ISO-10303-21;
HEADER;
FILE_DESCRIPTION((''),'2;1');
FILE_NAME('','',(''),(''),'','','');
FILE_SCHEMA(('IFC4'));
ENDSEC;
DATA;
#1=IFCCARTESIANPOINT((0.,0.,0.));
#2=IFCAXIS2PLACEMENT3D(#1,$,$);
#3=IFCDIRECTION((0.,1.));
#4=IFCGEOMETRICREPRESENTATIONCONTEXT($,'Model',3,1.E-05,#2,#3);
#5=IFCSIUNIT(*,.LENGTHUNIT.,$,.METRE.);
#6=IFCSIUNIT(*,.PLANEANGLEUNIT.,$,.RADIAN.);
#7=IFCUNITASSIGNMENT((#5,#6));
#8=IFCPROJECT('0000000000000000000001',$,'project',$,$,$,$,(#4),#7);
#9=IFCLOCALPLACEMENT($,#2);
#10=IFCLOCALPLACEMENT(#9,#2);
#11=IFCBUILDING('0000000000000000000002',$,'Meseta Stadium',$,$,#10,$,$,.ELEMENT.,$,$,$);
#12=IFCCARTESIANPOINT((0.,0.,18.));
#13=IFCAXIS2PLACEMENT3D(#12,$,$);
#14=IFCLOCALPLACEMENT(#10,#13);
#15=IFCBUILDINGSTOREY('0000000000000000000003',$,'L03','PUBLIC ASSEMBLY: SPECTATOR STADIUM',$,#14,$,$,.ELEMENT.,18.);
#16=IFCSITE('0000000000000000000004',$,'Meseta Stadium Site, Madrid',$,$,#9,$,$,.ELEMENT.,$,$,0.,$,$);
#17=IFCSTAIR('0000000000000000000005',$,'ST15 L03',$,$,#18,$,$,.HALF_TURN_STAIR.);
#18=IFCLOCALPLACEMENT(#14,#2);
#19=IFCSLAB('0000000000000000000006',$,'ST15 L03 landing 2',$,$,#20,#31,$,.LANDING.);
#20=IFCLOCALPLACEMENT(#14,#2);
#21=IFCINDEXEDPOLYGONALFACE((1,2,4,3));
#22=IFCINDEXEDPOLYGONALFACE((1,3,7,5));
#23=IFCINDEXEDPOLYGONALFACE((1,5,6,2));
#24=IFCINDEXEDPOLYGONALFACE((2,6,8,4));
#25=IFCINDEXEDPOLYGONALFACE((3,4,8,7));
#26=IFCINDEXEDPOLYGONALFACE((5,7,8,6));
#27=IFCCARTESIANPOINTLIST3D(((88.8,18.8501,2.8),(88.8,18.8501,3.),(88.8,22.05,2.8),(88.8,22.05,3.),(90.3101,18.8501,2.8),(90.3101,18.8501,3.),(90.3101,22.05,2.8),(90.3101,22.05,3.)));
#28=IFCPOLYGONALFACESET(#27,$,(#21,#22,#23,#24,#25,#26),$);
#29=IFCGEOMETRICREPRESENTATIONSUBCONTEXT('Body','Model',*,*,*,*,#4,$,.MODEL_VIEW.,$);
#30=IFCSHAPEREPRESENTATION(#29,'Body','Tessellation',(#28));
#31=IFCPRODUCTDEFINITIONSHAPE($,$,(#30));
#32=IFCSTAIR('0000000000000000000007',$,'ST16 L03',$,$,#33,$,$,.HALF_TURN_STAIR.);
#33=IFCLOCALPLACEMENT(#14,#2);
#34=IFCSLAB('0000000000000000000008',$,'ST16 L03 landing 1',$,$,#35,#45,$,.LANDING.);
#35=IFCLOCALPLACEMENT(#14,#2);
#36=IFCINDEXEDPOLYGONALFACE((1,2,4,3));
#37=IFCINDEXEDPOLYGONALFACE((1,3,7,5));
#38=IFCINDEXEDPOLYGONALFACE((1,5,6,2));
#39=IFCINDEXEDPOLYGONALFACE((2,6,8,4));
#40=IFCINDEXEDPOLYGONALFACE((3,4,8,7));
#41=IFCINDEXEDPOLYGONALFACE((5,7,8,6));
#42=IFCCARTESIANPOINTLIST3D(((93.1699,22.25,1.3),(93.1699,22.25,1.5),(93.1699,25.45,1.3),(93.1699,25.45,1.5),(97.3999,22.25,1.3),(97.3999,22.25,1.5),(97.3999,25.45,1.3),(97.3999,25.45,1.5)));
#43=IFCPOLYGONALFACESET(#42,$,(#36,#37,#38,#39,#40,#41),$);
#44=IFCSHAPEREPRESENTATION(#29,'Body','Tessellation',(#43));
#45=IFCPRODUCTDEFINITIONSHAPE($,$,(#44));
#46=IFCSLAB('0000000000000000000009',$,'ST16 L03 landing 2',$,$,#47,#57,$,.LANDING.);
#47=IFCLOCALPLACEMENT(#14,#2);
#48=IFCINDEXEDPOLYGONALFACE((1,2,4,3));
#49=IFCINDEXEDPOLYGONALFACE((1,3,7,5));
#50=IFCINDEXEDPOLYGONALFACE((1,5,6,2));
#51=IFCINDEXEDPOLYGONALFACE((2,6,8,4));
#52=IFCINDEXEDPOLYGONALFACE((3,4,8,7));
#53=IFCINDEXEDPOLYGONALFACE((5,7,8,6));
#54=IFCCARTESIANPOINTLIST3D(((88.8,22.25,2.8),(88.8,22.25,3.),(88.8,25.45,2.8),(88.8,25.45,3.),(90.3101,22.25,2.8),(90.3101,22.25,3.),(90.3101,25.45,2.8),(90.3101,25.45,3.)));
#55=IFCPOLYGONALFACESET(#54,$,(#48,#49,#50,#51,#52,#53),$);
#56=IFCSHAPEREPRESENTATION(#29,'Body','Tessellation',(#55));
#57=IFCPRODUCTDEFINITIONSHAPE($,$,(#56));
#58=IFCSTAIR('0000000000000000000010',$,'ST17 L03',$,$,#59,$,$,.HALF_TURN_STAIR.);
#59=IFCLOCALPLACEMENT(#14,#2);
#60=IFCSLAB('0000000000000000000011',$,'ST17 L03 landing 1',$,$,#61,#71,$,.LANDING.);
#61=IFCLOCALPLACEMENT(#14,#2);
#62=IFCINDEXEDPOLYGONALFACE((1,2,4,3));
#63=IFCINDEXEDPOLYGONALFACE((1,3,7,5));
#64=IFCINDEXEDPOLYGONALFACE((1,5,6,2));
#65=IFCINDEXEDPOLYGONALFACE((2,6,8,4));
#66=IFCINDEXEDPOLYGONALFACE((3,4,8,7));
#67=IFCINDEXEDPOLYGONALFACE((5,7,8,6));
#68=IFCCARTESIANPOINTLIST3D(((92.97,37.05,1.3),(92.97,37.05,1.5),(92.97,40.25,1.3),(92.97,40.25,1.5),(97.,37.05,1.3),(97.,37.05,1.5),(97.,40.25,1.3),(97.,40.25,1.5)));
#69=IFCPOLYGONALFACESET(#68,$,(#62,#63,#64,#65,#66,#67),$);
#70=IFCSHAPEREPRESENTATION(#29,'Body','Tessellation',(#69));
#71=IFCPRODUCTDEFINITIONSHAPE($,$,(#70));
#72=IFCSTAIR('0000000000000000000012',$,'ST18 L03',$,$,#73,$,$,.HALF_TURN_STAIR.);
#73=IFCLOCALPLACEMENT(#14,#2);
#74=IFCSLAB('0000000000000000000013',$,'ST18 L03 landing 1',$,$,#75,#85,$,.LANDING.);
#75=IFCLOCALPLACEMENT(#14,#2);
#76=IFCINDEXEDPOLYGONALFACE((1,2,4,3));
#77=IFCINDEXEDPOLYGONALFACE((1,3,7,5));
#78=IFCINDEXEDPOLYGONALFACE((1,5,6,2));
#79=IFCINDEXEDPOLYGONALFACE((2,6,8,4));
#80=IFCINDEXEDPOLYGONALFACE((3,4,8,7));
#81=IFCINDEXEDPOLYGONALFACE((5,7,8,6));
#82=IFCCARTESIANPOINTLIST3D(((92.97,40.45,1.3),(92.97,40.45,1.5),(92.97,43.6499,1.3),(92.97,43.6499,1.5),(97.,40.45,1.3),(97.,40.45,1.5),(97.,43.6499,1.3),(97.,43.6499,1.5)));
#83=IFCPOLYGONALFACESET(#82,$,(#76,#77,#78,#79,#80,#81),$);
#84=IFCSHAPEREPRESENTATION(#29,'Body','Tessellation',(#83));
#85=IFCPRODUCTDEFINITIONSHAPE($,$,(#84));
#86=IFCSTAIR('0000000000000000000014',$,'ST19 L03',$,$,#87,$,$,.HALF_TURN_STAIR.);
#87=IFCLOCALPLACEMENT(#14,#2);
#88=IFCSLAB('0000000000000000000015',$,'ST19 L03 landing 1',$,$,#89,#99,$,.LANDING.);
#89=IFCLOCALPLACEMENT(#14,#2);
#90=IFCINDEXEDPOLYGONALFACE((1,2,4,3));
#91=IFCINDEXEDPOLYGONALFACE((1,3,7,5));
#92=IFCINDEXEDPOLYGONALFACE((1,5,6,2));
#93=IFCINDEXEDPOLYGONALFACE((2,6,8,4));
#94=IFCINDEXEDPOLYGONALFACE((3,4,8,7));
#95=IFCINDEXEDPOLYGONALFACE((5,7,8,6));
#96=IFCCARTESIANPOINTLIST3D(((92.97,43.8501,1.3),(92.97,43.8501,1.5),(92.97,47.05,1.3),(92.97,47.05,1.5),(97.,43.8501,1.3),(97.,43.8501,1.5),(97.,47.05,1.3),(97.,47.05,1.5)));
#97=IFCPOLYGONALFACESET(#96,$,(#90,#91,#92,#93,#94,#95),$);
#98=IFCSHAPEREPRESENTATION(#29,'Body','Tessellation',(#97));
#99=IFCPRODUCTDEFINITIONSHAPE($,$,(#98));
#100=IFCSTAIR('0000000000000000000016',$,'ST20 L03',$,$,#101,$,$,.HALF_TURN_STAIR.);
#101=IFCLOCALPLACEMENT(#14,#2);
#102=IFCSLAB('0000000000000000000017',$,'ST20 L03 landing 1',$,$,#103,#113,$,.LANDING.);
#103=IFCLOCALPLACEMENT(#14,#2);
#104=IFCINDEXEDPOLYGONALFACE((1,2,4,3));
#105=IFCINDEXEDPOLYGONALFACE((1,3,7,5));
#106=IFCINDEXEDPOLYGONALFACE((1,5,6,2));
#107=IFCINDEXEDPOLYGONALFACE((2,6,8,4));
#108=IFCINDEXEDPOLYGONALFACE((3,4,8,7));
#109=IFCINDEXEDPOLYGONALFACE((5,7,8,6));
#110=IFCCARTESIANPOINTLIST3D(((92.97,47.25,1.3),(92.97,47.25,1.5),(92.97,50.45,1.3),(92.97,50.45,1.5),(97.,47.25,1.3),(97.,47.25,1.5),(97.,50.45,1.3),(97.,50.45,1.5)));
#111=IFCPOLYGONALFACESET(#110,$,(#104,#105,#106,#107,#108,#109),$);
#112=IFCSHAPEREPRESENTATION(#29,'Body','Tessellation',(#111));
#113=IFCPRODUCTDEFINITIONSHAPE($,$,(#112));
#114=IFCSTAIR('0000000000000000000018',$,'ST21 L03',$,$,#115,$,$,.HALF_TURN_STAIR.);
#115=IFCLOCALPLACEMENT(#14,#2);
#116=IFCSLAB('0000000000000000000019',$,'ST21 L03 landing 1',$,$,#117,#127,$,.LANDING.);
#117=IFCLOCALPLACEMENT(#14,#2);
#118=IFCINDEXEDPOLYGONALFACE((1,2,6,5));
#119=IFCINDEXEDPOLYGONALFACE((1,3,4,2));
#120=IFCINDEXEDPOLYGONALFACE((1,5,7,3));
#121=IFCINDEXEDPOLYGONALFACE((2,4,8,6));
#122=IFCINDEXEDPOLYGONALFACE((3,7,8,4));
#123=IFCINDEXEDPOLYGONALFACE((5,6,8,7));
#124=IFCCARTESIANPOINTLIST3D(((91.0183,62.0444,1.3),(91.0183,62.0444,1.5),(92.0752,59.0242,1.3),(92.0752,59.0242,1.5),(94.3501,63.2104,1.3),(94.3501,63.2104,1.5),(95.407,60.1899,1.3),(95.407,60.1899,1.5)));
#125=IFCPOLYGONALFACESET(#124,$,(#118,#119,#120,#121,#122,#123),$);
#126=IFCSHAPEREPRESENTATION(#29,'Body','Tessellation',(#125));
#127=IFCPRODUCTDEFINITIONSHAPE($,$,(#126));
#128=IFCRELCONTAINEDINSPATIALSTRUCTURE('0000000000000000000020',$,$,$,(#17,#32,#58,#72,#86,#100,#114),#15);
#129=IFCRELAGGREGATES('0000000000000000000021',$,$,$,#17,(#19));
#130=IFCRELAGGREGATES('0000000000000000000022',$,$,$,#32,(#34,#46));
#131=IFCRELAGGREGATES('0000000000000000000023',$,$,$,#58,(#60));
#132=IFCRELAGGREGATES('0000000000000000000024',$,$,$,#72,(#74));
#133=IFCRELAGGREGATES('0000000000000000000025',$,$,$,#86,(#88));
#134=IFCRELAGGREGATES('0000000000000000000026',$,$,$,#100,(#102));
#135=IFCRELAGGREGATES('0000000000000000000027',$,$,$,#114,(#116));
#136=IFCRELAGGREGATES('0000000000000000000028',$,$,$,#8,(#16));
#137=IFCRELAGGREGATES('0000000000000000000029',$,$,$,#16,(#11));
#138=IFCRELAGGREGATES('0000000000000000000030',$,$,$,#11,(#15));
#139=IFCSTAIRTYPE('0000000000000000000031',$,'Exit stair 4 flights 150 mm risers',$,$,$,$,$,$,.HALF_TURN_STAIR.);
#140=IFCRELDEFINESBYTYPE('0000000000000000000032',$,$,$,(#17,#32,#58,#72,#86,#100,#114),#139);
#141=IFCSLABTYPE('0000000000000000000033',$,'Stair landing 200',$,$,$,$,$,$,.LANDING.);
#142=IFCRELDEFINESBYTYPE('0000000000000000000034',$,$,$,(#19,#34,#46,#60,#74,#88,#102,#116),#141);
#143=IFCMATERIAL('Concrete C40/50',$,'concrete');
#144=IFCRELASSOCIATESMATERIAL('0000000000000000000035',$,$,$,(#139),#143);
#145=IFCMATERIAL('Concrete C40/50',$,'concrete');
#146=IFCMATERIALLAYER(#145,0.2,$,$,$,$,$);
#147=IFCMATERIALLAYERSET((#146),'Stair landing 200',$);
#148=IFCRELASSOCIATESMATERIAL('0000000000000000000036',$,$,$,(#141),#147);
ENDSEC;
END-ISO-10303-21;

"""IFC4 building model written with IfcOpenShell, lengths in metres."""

from ifc_helpers import new_model, si_unit, direction, frame, origin, place, context, subcontext, project, spatial, polyline, outline, extrude, material, layer, layer_set, type_object, element, aggregate, save


model = new_model("IFC4")

# Units and contexts
model_context = context("Model", 3, precision=1e-05, world=origin(), true_north=direction((0.0, 1.0)))
body_context = subcontext(model_context, "Body", "Model", "MODEL_VIEW")
ifc_project = project(units=[si_unit("LENGTHUNIT", "METRE"), si_unit("PLANEANGLEUNIT", "RADIAN")], contexts=[model_context])

# Site, building, storey
site_placement = place(None, origin())
site = spatial("IfcSite", under=ifc_project, at=site_placement, Name="Meseta Stadium Site, Madrid", CompositionType="ELEMENT", RefElevation=0.0)
building_placement = place(site_placement, origin())
building = spatial("IfcBuilding", under=site, at=building_placement, Name="Meseta Stadium", CompositionType="ELEMENT")
storey_placement = place(building_placement, frame((0.0, 0.0, 18.0)))
storey = spatial("IfcBuildingStorey", under=building, at=storey_placement, Name="L03", Description="PUBLIC ASSEMBLY: SPECTATOR STADIUM", CompositionType="ELEMENT", Elevation=18.0)

# Shared definitions
ifc_material_1 = material(Name="Concrete C40/50", Category="concrete")
stair_type = type_object("IfcStairType", Name="Exit stair 4 flights 150 mm risers", PredefinedType="HALF_TURN_STAIR", material=ifc_material_1)
ifc_material_2 = material(Name="Concrete C40/50", Category="concrete")
ifc_layer = layer(ifc_material_2, 0.2)
ifc_layer_set = layer_set([ifc_layer], Name="Stair landing 200")
slab_type = type_object("IfcSlabType", Name="Stair landing 200", PredefinedType="LANDING", material=ifc_layer_set)

# Stairs, slabs
stair_1_placement = place(storey_placement, origin())
stair_1 = element("IfcStair", 1, at=stair_1_placement, inside=storey, type_object=stair_type, Name="ST15 L03", PredefinedType="HALF_TURN_STAIR")
slab_1_placement = place(storey_placement, frame((0.0, 0.0, 2.8)))
slab_1 = element("IfcSlab", 2, at=slab_1_placement, type_object=slab_type, Name="ST15 L03 landing 2", PredefinedType="LANDING", context=body_context, shape_type="SweptSolid", body=[
    extrude(outline(polyline([(88.8, 18.8501), (90.3101, 18.8501), (90.3101, 22.05), (88.8, 22.05), (88.8, 18.8501)])), origin(), (0.0, 0.0, 1.0), 0.2),
])
aggregate(stair_1, [slab_1])
stair_2_placement = place(storey_placement, origin())
stair_2 = element("IfcStair", 3, at=stair_2_placement, inside=storey, type_object=stair_type, Name="ST16 L03", PredefinedType="HALF_TURN_STAIR")
slab_2_placement = place(storey_placement, frame((0.0, 0.0, 1.3)))
slab_2 = element("IfcSlab", 4, at=slab_2_placement, type_object=slab_type, Name="ST16 L03 landing 1", PredefinedType="LANDING", context=body_context, shape_type="SweptSolid", body=[
    extrude(outline(polyline([(93.1699, 22.25), (97.3999, 22.25), (97.3999, 25.45), (93.1699, 25.45), (93.1699, 22.25)])), origin(), (0.0, 0.0, 1.0), 0.2),
])
slab_3_placement = place(storey_placement, frame((0.0, 0.0, 2.8)))
slab_3 = element("IfcSlab", 5, at=slab_3_placement, type_object=slab_type, Name="ST16 L03 landing 2", PredefinedType="LANDING", context=body_context, shape_type="SweptSolid", body=[
    extrude(outline(polyline([(88.8, 22.25), (90.3101, 22.25), (90.3101, 25.45), (88.8, 25.45), (88.8, 22.25)])), origin(), (0.0, 0.0, 1.0), 0.2),
])
aggregate(stair_2, [slab_2, slab_3])

# Stairs, slabs
stair_3_placement = place(storey_placement, origin())
stair_3 = element("IfcStair", 6, at=stair_3_placement, inside=storey, type_object=stair_type, Name="ST17 L03", PredefinedType="HALF_TURN_STAIR")
slab_4_placement = place(storey_placement, frame((0.0, 0.0, 1.3)))
slab_4 = element("IfcSlab", 7, at=slab_4_placement, type_object=slab_type, Name="ST17 L03 landing 1", PredefinedType="LANDING", context=body_context, shape_type="SweptSolid", body=[
    extrude(outline(polyline([(92.97, 37.05), (97.0, 37.05), (97.0, 40.25), (92.97, 40.25), (92.97, 37.05)])), origin(), (0.0, 0.0, 1.0), 0.2),
])
aggregate(stair_3, [slab_4])
stair_4_placement = place(storey_placement, origin())
stair_4 = element("IfcStair", 8, at=stair_4_placement, inside=storey, type_object=stair_type, Name="ST18 L03", PredefinedType="HALF_TURN_STAIR")
slab_5_placement = place(storey_placement, frame((0.0, 0.0, 1.3)))
slab_5 = element("IfcSlab", 9, at=slab_5_placement, type_object=slab_type, Name="ST18 L03 landing 1", PredefinedType="LANDING", context=body_context, shape_type="SweptSolid", body=[
    extrude(outline(polyline([(92.97, 40.45), (97.0, 40.45), (97.0, 43.6499), (92.97, 43.6499), (92.97, 40.45)])), origin(), (0.0, 0.0, 1.0), 0.2),
])
aggregate(stair_4, [slab_5])
stair_5_placement = place(storey_placement, origin())
stair_5 = element("IfcStair", 10, at=stair_5_placement, inside=storey, type_object=stair_type, Name="ST19 L03", PredefinedType="HALF_TURN_STAIR")
slab_6_placement = place(storey_placement, frame((0.0, 0.0, 1.3)))
slab_6 = element("IfcSlab", 11, at=slab_6_placement, type_object=slab_type, Name="ST19 L03 landing 1", PredefinedType="LANDING", context=body_context, shape_type="SweptSolid", body=[
    extrude(outline(polyline([(92.97, 43.8501), (97.0, 43.8501), (97.0, 47.05), (92.97, 47.05), (92.97, 43.8501)])), origin(), (0.0, 0.0, 1.0), 0.2),
])
aggregate(stair_5, [slab_6])
stair_6_placement = place(storey_placement, origin())
stair_6 = element("IfcStair", 12, at=stair_6_placement, inside=storey, type_object=stair_type, Name="ST20 L03", PredefinedType="HALF_TURN_STAIR")
slab_7_placement = place(storey_placement, frame((0.0, 0.0, 1.3)))
slab_7 = element("IfcSlab", 13, at=slab_7_placement, type_object=slab_type, Name="ST20 L03 landing 1", PredefinedType="LANDING", context=body_context, shape_type="SweptSolid", body=[
    extrude(outline(polyline([(92.97, 47.25), (97.0, 47.25), (97.0, 50.45), (92.97, 50.45), (92.97, 47.25)])), origin(), (0.0, 0.0, 1.0), 0.2),
])
aggregate(stair_6, [slab_7])
stair_7_placement = place(storey_placement, origin())
stair_7 = element("IfcStair", 14, at=stair_7_placement, inside=storey, type_object=stair_type, Name="ST21 L03", PredefinedType="HALF_TURN_STAIR")
slab_8_placement = place(storey_placement, frame((0.0, 0.0, 1.3)))
slab_8 = element("IfcSlab", 15, at=slab_8_placement, type_object=slab_type, Name="ST21 L03 landing 1", PredefinedType="LANDING", context=body_context, shape_type="SweptSolid", body=[
    extrude(outline(polyline([(92.0752, 59.0242), (95.407, 60.1899), (94.3501, 63.2104), (91.0183, 62.0444), (92.0752, 59.0242)])), origin(), (0.0, 0.0, 1.0), 0.2),
])
aggregate(stair_7, [slab_8])

save(model, "model.ifc")
